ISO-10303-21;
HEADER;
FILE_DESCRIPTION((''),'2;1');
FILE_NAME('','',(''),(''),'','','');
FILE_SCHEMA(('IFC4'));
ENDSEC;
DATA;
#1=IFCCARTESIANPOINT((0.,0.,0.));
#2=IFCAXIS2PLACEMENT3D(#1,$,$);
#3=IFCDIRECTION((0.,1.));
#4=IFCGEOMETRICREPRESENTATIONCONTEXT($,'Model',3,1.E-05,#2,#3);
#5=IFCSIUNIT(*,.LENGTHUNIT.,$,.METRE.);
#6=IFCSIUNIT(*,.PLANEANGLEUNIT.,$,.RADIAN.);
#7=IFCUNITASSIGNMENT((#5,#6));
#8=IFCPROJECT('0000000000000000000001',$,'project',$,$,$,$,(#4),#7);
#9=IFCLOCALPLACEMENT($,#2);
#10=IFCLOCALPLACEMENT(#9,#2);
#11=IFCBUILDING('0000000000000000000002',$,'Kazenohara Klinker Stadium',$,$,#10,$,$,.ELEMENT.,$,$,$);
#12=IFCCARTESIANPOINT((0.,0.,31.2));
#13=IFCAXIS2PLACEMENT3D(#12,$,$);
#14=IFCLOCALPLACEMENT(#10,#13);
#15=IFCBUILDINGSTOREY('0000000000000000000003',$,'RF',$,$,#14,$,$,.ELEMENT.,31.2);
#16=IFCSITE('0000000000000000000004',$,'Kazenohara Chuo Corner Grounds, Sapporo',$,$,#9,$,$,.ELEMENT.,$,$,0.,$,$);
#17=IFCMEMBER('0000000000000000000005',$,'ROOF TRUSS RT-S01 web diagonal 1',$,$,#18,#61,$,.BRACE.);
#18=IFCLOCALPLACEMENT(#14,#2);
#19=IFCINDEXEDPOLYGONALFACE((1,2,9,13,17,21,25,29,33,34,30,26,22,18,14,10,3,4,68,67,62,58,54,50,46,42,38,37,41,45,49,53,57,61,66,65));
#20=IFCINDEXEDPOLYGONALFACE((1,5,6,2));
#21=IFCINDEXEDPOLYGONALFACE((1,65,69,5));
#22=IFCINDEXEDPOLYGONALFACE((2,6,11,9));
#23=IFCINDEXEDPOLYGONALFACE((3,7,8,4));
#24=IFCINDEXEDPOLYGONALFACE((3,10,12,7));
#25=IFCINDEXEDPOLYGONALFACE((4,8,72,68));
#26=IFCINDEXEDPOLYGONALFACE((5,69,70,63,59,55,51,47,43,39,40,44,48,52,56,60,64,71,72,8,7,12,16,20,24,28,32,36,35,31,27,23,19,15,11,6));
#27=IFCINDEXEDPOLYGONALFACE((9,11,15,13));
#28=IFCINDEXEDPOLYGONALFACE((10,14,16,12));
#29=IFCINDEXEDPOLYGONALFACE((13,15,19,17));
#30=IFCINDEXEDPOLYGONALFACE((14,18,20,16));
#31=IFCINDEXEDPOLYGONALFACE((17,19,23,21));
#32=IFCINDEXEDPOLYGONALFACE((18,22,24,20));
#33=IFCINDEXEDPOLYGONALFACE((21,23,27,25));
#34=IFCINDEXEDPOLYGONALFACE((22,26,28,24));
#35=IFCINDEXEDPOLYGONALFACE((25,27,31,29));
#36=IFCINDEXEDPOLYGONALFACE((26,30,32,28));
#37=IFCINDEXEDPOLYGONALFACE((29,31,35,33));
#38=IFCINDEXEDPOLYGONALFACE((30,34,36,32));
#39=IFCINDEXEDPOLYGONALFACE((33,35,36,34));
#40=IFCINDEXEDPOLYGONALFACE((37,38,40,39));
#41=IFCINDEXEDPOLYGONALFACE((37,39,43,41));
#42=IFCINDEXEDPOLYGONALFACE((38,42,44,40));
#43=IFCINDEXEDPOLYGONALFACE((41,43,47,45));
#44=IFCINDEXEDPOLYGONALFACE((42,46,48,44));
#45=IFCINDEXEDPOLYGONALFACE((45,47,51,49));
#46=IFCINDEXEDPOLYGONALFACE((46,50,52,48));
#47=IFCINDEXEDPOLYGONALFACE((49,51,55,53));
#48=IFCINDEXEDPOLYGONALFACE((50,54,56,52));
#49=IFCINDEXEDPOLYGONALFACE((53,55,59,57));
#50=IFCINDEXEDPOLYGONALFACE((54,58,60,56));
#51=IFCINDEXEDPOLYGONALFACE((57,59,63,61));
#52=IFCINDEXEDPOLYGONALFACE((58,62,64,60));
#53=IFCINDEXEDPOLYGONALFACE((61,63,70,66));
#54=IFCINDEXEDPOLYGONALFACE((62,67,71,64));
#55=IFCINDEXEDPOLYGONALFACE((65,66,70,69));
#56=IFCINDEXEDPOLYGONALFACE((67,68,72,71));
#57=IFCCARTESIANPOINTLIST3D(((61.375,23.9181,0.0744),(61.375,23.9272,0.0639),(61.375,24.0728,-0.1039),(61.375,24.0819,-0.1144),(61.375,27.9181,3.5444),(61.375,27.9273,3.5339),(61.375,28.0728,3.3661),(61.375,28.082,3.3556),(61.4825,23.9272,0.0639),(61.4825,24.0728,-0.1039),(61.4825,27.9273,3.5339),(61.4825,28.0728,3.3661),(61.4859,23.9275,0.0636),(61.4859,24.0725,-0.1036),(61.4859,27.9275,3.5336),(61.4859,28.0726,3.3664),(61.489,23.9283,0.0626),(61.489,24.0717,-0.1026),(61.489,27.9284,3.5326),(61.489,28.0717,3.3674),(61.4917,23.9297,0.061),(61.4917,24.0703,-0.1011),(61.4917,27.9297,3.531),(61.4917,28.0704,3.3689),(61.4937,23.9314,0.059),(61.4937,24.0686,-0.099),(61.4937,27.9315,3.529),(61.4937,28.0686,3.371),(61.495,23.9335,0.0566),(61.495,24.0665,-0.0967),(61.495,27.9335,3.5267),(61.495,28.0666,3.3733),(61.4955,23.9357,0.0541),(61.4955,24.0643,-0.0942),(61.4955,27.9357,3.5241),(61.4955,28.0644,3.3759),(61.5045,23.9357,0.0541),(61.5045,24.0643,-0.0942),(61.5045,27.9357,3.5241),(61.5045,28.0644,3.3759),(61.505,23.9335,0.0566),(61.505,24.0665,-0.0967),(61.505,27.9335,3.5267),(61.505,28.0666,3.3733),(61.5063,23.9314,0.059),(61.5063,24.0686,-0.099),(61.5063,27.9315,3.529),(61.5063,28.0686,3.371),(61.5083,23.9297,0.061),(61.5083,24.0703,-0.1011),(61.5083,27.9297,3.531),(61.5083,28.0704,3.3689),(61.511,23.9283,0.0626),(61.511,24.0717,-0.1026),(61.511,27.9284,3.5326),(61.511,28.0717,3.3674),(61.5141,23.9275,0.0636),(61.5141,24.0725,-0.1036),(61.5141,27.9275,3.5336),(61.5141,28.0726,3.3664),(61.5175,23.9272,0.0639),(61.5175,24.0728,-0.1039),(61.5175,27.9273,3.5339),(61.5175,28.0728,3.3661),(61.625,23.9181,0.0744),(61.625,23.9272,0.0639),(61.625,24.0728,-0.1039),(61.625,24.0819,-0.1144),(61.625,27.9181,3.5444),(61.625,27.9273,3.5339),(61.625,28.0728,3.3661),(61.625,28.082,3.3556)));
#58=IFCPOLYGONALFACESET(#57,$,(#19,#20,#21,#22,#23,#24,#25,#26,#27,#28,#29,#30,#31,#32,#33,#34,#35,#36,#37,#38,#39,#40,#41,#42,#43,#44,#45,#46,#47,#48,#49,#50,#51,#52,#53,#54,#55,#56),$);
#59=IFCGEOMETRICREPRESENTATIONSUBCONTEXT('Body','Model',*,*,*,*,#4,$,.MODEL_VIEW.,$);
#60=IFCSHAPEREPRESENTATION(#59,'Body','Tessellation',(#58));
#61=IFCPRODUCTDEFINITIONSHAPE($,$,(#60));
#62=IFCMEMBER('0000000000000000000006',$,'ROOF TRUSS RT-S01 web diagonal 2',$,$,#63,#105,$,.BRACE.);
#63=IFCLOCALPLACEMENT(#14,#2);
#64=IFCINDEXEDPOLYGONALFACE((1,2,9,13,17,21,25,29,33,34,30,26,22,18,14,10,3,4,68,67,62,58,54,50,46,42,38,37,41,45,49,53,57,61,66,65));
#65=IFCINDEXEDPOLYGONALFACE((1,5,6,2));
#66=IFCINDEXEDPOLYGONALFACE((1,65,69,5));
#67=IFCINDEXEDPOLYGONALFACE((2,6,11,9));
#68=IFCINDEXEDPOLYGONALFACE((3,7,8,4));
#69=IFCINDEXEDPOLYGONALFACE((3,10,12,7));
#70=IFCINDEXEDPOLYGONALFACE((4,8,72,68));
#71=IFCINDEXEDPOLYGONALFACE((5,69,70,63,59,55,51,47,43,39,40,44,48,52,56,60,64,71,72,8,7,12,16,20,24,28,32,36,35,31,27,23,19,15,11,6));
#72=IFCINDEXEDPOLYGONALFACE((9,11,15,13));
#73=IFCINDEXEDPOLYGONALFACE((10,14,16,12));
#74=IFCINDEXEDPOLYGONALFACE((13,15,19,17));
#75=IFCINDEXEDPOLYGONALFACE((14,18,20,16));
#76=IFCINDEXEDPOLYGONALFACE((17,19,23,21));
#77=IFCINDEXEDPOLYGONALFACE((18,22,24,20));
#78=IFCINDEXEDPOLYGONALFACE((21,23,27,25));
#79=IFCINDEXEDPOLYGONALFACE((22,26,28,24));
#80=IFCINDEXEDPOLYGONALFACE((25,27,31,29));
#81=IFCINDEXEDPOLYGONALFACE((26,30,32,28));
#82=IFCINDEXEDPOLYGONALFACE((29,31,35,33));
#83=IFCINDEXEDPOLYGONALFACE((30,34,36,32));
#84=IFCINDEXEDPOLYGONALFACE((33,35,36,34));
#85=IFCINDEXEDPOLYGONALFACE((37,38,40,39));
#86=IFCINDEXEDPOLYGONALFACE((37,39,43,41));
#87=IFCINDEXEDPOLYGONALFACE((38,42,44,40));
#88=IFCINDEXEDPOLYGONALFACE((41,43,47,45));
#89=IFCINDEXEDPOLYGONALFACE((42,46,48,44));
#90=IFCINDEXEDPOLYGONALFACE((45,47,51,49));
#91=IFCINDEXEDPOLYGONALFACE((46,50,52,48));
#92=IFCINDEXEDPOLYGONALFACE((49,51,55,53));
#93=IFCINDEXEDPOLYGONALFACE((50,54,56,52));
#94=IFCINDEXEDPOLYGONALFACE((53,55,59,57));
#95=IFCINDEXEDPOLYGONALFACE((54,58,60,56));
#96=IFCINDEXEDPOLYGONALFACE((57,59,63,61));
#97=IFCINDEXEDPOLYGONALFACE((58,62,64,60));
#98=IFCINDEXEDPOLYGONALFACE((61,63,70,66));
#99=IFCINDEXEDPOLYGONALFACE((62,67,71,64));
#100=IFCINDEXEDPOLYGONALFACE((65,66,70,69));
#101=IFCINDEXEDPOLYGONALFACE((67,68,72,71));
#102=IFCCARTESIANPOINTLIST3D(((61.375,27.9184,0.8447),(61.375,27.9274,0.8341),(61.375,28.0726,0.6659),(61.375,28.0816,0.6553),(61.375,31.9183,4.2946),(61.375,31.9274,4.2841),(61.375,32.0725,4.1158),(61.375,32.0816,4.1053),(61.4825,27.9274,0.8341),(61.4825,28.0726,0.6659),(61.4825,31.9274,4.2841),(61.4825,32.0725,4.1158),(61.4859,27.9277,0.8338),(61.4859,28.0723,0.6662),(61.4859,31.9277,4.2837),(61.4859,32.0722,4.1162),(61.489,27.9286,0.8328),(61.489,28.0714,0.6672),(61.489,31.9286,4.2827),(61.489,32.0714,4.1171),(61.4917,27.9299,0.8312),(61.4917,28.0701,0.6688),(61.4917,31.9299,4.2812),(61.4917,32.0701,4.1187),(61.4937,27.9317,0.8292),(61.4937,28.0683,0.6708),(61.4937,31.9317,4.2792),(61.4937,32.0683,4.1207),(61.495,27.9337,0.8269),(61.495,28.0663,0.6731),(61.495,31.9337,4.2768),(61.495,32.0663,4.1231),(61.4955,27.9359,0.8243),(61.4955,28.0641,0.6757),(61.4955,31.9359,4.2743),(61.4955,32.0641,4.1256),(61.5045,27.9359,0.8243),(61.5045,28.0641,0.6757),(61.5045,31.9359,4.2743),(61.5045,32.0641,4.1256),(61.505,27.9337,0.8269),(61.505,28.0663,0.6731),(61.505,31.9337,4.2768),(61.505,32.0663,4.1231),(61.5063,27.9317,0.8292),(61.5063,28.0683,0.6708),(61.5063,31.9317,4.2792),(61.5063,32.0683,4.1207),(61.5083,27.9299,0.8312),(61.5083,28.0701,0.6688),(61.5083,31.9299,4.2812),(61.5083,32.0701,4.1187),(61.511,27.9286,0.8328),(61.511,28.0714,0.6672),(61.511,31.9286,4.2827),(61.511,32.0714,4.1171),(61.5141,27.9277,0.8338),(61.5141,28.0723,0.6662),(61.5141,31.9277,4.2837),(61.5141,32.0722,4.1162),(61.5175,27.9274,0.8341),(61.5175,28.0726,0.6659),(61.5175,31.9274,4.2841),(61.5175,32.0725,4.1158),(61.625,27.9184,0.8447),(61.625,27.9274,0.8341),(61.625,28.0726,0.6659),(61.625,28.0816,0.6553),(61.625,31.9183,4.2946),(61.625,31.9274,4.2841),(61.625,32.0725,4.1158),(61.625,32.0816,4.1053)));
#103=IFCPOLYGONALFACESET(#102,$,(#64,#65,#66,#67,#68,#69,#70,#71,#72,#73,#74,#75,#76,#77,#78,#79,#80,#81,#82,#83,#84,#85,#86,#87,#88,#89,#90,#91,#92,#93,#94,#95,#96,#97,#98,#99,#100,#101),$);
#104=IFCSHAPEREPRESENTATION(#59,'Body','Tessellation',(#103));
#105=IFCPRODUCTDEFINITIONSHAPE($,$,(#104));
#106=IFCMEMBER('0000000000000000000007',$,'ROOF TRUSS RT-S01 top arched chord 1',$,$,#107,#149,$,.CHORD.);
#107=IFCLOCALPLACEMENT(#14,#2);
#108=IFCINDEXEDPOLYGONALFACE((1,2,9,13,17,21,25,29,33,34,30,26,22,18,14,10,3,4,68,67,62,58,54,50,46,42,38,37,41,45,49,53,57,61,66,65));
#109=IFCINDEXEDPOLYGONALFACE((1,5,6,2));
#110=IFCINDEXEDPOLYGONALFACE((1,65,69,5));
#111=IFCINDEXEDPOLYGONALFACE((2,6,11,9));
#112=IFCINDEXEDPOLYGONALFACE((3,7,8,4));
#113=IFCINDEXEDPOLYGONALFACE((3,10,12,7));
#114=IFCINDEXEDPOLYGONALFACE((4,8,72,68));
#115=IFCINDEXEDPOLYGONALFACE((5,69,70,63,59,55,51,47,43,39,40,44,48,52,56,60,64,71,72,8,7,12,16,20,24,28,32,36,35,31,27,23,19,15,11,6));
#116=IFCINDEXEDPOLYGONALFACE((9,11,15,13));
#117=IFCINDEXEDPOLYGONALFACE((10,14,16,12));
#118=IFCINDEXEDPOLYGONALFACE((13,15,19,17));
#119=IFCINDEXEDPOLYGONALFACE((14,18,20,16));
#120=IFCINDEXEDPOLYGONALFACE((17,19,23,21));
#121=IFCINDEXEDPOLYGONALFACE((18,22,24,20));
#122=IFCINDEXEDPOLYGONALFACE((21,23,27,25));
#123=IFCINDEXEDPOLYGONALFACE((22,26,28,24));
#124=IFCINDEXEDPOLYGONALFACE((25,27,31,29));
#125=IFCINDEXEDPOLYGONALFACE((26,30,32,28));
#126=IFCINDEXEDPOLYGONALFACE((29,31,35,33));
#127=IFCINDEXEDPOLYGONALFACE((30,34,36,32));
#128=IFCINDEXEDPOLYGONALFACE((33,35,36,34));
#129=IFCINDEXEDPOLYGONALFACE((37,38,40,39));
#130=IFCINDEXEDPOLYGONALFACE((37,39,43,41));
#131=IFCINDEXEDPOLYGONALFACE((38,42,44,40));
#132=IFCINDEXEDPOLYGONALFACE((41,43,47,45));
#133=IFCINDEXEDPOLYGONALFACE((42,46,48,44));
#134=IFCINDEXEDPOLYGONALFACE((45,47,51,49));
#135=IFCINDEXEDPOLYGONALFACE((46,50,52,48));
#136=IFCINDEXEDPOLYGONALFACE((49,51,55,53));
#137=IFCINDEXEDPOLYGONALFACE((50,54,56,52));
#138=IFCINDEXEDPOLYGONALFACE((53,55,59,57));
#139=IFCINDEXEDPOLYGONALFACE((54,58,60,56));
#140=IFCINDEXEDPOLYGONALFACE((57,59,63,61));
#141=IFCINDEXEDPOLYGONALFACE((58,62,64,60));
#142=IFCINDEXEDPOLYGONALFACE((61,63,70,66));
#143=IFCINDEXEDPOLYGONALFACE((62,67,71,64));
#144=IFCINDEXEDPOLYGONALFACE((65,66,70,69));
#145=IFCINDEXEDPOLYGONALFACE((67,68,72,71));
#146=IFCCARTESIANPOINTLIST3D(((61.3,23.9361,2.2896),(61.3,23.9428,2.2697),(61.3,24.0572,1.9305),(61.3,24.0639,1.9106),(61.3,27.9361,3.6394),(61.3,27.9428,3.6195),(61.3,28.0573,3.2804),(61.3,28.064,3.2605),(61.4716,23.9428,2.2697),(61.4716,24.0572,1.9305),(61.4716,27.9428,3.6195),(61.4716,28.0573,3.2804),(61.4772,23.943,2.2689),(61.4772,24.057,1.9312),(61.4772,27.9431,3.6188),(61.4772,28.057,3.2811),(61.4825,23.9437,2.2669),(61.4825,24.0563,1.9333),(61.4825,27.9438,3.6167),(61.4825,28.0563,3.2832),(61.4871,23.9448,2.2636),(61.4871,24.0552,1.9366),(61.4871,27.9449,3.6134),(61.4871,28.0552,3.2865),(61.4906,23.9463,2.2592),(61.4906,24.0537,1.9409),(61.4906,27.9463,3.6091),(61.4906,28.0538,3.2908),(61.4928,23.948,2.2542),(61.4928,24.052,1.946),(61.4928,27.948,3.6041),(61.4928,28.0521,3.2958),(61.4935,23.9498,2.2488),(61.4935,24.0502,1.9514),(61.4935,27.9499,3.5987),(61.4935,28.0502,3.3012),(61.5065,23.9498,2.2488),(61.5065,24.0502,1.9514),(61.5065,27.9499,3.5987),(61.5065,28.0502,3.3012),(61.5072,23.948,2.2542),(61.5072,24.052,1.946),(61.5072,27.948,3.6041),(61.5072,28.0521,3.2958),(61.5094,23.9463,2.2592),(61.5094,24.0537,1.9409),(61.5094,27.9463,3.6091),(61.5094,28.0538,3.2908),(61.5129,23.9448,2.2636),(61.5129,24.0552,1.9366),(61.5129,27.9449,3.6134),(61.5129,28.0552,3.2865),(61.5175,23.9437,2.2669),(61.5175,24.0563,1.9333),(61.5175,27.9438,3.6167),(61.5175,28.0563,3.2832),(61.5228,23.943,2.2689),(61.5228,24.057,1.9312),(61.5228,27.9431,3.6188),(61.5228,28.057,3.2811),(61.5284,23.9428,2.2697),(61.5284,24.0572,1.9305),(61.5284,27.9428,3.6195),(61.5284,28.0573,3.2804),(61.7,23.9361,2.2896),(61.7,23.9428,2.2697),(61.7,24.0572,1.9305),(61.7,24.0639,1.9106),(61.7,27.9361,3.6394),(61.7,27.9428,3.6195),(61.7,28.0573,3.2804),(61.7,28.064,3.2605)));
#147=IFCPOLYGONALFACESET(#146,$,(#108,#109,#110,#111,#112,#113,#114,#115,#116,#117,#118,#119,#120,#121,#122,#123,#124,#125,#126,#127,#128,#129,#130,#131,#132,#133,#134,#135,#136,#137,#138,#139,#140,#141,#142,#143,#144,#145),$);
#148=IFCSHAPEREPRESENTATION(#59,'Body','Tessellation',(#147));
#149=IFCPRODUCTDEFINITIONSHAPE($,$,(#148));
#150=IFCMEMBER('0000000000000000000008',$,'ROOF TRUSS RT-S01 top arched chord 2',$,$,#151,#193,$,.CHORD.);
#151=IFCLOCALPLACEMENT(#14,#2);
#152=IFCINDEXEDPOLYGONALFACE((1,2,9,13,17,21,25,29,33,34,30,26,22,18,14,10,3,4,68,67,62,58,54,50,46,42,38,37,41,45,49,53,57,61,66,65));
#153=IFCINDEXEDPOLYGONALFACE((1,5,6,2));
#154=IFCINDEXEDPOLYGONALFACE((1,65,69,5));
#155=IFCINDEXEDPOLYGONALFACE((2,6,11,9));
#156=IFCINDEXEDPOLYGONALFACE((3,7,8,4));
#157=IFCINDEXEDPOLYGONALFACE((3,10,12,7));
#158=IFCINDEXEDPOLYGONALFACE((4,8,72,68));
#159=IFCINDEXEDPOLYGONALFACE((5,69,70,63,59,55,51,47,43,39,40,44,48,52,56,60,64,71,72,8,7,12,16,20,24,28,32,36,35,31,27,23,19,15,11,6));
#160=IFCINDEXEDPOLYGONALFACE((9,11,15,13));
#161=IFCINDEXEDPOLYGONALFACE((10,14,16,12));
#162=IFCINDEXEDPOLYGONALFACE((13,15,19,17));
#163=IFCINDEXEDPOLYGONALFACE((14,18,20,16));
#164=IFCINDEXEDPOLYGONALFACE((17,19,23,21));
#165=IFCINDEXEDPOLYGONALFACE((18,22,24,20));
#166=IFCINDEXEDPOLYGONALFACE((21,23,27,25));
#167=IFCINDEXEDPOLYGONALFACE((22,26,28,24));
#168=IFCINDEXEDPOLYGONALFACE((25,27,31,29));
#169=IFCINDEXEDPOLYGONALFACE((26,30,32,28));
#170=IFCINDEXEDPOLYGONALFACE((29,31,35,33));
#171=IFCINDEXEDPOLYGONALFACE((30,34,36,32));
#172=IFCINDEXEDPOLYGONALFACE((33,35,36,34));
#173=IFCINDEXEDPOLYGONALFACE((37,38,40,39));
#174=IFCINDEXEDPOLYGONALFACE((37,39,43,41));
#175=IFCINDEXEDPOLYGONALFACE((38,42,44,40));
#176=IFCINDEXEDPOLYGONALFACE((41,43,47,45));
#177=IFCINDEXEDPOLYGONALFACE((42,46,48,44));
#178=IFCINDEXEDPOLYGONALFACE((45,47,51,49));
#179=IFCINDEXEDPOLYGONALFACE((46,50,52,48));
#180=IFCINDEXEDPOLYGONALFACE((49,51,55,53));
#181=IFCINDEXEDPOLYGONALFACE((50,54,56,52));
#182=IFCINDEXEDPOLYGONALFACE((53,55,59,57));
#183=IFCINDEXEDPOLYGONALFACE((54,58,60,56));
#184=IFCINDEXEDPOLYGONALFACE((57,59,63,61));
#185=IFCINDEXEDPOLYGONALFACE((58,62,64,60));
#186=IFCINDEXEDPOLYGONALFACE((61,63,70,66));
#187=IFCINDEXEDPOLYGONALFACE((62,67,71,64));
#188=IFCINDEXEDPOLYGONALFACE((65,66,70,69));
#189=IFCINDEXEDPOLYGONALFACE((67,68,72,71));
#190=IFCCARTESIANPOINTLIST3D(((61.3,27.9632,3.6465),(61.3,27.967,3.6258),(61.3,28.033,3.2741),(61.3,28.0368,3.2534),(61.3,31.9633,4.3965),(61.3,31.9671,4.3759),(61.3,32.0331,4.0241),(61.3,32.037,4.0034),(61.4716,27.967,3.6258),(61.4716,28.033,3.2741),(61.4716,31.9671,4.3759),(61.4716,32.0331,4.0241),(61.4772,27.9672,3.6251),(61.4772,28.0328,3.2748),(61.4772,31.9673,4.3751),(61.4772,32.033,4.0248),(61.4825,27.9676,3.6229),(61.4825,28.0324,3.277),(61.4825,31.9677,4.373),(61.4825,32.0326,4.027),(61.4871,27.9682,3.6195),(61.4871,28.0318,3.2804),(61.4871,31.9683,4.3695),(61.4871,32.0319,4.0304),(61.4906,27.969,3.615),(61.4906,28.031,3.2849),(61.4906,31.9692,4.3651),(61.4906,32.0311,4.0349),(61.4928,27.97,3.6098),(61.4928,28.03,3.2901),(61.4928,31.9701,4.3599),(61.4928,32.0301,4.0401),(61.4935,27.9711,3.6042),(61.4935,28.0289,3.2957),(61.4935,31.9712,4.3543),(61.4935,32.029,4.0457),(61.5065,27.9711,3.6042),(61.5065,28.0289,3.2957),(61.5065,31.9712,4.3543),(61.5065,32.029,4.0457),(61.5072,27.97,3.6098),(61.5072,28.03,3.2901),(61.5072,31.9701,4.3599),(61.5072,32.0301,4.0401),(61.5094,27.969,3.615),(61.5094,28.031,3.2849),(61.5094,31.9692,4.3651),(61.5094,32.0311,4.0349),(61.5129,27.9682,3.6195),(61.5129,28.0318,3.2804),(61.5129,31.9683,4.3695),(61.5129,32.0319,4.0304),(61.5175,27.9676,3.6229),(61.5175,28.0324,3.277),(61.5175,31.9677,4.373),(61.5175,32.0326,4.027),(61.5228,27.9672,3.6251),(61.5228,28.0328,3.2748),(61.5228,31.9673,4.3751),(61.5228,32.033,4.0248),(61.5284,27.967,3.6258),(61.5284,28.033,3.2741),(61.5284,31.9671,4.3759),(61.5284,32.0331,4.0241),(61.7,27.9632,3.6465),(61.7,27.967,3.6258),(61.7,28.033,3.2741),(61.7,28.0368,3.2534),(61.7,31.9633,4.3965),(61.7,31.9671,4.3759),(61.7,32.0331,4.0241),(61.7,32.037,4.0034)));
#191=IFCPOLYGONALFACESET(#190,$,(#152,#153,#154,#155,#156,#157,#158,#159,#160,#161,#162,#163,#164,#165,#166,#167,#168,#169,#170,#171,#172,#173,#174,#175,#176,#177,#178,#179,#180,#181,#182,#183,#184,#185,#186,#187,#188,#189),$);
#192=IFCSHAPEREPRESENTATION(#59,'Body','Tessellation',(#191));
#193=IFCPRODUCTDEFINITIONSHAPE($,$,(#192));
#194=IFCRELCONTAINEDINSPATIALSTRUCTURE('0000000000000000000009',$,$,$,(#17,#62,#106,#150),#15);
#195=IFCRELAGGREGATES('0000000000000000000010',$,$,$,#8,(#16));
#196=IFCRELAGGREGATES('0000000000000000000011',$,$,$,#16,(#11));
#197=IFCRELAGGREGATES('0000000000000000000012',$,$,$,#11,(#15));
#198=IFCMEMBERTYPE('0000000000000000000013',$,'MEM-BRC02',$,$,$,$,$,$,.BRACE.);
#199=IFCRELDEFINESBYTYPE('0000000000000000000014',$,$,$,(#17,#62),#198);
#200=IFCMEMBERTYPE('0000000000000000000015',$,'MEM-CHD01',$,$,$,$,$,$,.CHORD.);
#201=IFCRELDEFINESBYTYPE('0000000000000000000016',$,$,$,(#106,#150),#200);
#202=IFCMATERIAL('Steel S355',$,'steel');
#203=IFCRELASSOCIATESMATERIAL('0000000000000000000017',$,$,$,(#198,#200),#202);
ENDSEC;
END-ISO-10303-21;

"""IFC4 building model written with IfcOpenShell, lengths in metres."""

from ifc_helpers import new_model, si_unit, direction, frame, origin, origin_2d, place, context, subcontext, project, spatial, i_section, extrude, material, material_profile, profile_set, type_object, element, save


model = new_model("IFC4")

# Units and contexts
model_context = context("Model", 3, precision=1e-05, world=origin(), true_north=direction((0.0, 1.0)))
body_context = subcontext(model_context, "Body", "Model", "MODEL_VIEW")
ifc_project = project(units=[si_unit("LENGTHUNIT", "METRE"), si_unit("PLANEANGLEUNIT", "RADIAN")], contexts=[model_context])

# Site, building, storey
site_placement = place(None, origin())
site = spatial("IfcSite", under=ifc_project, at=site_placement, Name="Kazenohara Chuo Corner Grounds, Sapporo", CompositionType="ELEMENT", RefElevation=0.0)
building_placement = place(site_placement, origin())
building = spatial("IfcBuilding", under=site, at=building_placement, Name="Kazenohara Klinker Stadium", CompositionType="ELEMENT")
storey_placement = place(building_placement, frame((0.0, 0.0, 31.2)))
storey = spatial("IfcBuildingStorey", under=building, at=storey_placement, Name="RF", CompositionType="ELEMENT", Elevation=31.2)

# Members
ifc_material_1 = material(Name="Steel S355", Category="steel")
ifc_material_profile_1 = material_profile(ifc_material_1, i_section(OverallWidth=0.25, OverallDepth=0.25, WebThickness=0.009, FlangeThickness=0.0139, FilletRadius=0.0129, at=origin_2d()), Name="H-250x250x9x14")
ifc_profile_set_1 = profile_set([ifc_material_profile_1], Name="Steel S355")
member_type_1 = type_object("IfcMemberType", Name="MEM-BRC02", PredefinedType="BRACE", material=ifc_profile_set_1)
member_1_placement = place(storey_placement, frame((61.5, 24.0, -0.02), z_axis=(0.0, 0.75538, 0.655287), x_axis=(-1.0, 0.0, 0.0)))
element("IfcMember", 1, at=member_1_placement, inside=storey, type_object=member_type_1, Name="ROOF TRUSS RT-S01 web diagonal 1", PredefinedType="BRACE", context=body_context, shape_type="SweptSolid", body=[
    extrude(i_section(OverallWidth=0.25, OverallDepth=0.25, WebThickness=0.009, FlangeThickness=0.0139, FilletRadius=0.0129, at=origin_2d()), origin(), (0.0, 0.0, 1.0), 5.2954),
])
member_2_placement = place(storey_placement, frame((61.5, 28.0, 0.75), z_axis=(0.0, 0.757253, 0.653122), x_axis=(-1.0, 0.0, 0.0)))
element("IfcMember", 2, at=member_2_placement, inside=storey, type_object=member_type_1, Name="ROOF TRUSS RT-S01 web diagonal 2", PredefinedType="BRACE", context=body_context, shape_type="SweptSolid", body=[
    extrude(i_section(OverallWidth=0.25, OverallDepth=0.25, WebThickness=0.009, FlangeThickness=0.0139, FilletRadius=0.0129, at=origin_2d()), origin(), (0.0, 0.0, 1.0), 5.2822),
])
ifc_material_profile_2 = material_profile(ifc_material_1, i_section(OverallWidth=0.3999, OverallDepth=0.3999, WebThickness=0.0129, FlangeThickness=0.021, FilletRadius=0.022, at=origin_2d()), Name="H-400x400x13x21")
ifc_profile_set_2 = profile_set([ifc_material_profile_2], Name="Steel S355")
member_type_2 = type_object("IfcMemberType", Name="MEM-CHD01", PredefinedType="CHORD", material=ifc_profile_set_2)
member_3_placement = place(storey_placement, frame((61.5, 24.0, 2.1001), z_axis=(0.0, 0.947503, 0.319747), x_axis=(-1.0, 0.0, 0.0)))
element("IfcMember", 3, at=member_3_placement, inside=storey, type_object=member_type_2, Name="ROOF TRUSS RT-S01 top arched chord 1", PredefinedType="CHORD", context=body_context, shape_type="SweptSolid", body=[
    extrude(i_section(OverallWidth=0.3999, OverallDepth=0.3999, WebThickness=0.0129, FlangeThickness=0.021, FilletRadius=0.022, at=origin_2d()), origin(), (0.0, 0.0, 1.0), 4.2217),
])
member_4_placement = place(storey_placement, frame((61.5, 28.0, 3.45), z_axis=(0.0, 0.982872, 0.184289), x_axis=(-1.0, 0.0, 0.0)))
element("IfcMember", 4, at=member_4_placement, inside=storey, type_object=member_type_2, Name="ROOF TRUSS RT-S01 top arched chord 2", PredefinedType="CHORD", context=body_context, shape_type="SweptSolid", body=[
    extrude(i_section(OverallWidth=0.3999, OverallDepth=0.3999, WebThickness=0.0129, FlangeThickness=0.021, FilletRadius=0.022, at=origin_2d()), origin(), (0.0, 0.0, 1.0), 4.0698),
])

save(model, "model.ifc")
